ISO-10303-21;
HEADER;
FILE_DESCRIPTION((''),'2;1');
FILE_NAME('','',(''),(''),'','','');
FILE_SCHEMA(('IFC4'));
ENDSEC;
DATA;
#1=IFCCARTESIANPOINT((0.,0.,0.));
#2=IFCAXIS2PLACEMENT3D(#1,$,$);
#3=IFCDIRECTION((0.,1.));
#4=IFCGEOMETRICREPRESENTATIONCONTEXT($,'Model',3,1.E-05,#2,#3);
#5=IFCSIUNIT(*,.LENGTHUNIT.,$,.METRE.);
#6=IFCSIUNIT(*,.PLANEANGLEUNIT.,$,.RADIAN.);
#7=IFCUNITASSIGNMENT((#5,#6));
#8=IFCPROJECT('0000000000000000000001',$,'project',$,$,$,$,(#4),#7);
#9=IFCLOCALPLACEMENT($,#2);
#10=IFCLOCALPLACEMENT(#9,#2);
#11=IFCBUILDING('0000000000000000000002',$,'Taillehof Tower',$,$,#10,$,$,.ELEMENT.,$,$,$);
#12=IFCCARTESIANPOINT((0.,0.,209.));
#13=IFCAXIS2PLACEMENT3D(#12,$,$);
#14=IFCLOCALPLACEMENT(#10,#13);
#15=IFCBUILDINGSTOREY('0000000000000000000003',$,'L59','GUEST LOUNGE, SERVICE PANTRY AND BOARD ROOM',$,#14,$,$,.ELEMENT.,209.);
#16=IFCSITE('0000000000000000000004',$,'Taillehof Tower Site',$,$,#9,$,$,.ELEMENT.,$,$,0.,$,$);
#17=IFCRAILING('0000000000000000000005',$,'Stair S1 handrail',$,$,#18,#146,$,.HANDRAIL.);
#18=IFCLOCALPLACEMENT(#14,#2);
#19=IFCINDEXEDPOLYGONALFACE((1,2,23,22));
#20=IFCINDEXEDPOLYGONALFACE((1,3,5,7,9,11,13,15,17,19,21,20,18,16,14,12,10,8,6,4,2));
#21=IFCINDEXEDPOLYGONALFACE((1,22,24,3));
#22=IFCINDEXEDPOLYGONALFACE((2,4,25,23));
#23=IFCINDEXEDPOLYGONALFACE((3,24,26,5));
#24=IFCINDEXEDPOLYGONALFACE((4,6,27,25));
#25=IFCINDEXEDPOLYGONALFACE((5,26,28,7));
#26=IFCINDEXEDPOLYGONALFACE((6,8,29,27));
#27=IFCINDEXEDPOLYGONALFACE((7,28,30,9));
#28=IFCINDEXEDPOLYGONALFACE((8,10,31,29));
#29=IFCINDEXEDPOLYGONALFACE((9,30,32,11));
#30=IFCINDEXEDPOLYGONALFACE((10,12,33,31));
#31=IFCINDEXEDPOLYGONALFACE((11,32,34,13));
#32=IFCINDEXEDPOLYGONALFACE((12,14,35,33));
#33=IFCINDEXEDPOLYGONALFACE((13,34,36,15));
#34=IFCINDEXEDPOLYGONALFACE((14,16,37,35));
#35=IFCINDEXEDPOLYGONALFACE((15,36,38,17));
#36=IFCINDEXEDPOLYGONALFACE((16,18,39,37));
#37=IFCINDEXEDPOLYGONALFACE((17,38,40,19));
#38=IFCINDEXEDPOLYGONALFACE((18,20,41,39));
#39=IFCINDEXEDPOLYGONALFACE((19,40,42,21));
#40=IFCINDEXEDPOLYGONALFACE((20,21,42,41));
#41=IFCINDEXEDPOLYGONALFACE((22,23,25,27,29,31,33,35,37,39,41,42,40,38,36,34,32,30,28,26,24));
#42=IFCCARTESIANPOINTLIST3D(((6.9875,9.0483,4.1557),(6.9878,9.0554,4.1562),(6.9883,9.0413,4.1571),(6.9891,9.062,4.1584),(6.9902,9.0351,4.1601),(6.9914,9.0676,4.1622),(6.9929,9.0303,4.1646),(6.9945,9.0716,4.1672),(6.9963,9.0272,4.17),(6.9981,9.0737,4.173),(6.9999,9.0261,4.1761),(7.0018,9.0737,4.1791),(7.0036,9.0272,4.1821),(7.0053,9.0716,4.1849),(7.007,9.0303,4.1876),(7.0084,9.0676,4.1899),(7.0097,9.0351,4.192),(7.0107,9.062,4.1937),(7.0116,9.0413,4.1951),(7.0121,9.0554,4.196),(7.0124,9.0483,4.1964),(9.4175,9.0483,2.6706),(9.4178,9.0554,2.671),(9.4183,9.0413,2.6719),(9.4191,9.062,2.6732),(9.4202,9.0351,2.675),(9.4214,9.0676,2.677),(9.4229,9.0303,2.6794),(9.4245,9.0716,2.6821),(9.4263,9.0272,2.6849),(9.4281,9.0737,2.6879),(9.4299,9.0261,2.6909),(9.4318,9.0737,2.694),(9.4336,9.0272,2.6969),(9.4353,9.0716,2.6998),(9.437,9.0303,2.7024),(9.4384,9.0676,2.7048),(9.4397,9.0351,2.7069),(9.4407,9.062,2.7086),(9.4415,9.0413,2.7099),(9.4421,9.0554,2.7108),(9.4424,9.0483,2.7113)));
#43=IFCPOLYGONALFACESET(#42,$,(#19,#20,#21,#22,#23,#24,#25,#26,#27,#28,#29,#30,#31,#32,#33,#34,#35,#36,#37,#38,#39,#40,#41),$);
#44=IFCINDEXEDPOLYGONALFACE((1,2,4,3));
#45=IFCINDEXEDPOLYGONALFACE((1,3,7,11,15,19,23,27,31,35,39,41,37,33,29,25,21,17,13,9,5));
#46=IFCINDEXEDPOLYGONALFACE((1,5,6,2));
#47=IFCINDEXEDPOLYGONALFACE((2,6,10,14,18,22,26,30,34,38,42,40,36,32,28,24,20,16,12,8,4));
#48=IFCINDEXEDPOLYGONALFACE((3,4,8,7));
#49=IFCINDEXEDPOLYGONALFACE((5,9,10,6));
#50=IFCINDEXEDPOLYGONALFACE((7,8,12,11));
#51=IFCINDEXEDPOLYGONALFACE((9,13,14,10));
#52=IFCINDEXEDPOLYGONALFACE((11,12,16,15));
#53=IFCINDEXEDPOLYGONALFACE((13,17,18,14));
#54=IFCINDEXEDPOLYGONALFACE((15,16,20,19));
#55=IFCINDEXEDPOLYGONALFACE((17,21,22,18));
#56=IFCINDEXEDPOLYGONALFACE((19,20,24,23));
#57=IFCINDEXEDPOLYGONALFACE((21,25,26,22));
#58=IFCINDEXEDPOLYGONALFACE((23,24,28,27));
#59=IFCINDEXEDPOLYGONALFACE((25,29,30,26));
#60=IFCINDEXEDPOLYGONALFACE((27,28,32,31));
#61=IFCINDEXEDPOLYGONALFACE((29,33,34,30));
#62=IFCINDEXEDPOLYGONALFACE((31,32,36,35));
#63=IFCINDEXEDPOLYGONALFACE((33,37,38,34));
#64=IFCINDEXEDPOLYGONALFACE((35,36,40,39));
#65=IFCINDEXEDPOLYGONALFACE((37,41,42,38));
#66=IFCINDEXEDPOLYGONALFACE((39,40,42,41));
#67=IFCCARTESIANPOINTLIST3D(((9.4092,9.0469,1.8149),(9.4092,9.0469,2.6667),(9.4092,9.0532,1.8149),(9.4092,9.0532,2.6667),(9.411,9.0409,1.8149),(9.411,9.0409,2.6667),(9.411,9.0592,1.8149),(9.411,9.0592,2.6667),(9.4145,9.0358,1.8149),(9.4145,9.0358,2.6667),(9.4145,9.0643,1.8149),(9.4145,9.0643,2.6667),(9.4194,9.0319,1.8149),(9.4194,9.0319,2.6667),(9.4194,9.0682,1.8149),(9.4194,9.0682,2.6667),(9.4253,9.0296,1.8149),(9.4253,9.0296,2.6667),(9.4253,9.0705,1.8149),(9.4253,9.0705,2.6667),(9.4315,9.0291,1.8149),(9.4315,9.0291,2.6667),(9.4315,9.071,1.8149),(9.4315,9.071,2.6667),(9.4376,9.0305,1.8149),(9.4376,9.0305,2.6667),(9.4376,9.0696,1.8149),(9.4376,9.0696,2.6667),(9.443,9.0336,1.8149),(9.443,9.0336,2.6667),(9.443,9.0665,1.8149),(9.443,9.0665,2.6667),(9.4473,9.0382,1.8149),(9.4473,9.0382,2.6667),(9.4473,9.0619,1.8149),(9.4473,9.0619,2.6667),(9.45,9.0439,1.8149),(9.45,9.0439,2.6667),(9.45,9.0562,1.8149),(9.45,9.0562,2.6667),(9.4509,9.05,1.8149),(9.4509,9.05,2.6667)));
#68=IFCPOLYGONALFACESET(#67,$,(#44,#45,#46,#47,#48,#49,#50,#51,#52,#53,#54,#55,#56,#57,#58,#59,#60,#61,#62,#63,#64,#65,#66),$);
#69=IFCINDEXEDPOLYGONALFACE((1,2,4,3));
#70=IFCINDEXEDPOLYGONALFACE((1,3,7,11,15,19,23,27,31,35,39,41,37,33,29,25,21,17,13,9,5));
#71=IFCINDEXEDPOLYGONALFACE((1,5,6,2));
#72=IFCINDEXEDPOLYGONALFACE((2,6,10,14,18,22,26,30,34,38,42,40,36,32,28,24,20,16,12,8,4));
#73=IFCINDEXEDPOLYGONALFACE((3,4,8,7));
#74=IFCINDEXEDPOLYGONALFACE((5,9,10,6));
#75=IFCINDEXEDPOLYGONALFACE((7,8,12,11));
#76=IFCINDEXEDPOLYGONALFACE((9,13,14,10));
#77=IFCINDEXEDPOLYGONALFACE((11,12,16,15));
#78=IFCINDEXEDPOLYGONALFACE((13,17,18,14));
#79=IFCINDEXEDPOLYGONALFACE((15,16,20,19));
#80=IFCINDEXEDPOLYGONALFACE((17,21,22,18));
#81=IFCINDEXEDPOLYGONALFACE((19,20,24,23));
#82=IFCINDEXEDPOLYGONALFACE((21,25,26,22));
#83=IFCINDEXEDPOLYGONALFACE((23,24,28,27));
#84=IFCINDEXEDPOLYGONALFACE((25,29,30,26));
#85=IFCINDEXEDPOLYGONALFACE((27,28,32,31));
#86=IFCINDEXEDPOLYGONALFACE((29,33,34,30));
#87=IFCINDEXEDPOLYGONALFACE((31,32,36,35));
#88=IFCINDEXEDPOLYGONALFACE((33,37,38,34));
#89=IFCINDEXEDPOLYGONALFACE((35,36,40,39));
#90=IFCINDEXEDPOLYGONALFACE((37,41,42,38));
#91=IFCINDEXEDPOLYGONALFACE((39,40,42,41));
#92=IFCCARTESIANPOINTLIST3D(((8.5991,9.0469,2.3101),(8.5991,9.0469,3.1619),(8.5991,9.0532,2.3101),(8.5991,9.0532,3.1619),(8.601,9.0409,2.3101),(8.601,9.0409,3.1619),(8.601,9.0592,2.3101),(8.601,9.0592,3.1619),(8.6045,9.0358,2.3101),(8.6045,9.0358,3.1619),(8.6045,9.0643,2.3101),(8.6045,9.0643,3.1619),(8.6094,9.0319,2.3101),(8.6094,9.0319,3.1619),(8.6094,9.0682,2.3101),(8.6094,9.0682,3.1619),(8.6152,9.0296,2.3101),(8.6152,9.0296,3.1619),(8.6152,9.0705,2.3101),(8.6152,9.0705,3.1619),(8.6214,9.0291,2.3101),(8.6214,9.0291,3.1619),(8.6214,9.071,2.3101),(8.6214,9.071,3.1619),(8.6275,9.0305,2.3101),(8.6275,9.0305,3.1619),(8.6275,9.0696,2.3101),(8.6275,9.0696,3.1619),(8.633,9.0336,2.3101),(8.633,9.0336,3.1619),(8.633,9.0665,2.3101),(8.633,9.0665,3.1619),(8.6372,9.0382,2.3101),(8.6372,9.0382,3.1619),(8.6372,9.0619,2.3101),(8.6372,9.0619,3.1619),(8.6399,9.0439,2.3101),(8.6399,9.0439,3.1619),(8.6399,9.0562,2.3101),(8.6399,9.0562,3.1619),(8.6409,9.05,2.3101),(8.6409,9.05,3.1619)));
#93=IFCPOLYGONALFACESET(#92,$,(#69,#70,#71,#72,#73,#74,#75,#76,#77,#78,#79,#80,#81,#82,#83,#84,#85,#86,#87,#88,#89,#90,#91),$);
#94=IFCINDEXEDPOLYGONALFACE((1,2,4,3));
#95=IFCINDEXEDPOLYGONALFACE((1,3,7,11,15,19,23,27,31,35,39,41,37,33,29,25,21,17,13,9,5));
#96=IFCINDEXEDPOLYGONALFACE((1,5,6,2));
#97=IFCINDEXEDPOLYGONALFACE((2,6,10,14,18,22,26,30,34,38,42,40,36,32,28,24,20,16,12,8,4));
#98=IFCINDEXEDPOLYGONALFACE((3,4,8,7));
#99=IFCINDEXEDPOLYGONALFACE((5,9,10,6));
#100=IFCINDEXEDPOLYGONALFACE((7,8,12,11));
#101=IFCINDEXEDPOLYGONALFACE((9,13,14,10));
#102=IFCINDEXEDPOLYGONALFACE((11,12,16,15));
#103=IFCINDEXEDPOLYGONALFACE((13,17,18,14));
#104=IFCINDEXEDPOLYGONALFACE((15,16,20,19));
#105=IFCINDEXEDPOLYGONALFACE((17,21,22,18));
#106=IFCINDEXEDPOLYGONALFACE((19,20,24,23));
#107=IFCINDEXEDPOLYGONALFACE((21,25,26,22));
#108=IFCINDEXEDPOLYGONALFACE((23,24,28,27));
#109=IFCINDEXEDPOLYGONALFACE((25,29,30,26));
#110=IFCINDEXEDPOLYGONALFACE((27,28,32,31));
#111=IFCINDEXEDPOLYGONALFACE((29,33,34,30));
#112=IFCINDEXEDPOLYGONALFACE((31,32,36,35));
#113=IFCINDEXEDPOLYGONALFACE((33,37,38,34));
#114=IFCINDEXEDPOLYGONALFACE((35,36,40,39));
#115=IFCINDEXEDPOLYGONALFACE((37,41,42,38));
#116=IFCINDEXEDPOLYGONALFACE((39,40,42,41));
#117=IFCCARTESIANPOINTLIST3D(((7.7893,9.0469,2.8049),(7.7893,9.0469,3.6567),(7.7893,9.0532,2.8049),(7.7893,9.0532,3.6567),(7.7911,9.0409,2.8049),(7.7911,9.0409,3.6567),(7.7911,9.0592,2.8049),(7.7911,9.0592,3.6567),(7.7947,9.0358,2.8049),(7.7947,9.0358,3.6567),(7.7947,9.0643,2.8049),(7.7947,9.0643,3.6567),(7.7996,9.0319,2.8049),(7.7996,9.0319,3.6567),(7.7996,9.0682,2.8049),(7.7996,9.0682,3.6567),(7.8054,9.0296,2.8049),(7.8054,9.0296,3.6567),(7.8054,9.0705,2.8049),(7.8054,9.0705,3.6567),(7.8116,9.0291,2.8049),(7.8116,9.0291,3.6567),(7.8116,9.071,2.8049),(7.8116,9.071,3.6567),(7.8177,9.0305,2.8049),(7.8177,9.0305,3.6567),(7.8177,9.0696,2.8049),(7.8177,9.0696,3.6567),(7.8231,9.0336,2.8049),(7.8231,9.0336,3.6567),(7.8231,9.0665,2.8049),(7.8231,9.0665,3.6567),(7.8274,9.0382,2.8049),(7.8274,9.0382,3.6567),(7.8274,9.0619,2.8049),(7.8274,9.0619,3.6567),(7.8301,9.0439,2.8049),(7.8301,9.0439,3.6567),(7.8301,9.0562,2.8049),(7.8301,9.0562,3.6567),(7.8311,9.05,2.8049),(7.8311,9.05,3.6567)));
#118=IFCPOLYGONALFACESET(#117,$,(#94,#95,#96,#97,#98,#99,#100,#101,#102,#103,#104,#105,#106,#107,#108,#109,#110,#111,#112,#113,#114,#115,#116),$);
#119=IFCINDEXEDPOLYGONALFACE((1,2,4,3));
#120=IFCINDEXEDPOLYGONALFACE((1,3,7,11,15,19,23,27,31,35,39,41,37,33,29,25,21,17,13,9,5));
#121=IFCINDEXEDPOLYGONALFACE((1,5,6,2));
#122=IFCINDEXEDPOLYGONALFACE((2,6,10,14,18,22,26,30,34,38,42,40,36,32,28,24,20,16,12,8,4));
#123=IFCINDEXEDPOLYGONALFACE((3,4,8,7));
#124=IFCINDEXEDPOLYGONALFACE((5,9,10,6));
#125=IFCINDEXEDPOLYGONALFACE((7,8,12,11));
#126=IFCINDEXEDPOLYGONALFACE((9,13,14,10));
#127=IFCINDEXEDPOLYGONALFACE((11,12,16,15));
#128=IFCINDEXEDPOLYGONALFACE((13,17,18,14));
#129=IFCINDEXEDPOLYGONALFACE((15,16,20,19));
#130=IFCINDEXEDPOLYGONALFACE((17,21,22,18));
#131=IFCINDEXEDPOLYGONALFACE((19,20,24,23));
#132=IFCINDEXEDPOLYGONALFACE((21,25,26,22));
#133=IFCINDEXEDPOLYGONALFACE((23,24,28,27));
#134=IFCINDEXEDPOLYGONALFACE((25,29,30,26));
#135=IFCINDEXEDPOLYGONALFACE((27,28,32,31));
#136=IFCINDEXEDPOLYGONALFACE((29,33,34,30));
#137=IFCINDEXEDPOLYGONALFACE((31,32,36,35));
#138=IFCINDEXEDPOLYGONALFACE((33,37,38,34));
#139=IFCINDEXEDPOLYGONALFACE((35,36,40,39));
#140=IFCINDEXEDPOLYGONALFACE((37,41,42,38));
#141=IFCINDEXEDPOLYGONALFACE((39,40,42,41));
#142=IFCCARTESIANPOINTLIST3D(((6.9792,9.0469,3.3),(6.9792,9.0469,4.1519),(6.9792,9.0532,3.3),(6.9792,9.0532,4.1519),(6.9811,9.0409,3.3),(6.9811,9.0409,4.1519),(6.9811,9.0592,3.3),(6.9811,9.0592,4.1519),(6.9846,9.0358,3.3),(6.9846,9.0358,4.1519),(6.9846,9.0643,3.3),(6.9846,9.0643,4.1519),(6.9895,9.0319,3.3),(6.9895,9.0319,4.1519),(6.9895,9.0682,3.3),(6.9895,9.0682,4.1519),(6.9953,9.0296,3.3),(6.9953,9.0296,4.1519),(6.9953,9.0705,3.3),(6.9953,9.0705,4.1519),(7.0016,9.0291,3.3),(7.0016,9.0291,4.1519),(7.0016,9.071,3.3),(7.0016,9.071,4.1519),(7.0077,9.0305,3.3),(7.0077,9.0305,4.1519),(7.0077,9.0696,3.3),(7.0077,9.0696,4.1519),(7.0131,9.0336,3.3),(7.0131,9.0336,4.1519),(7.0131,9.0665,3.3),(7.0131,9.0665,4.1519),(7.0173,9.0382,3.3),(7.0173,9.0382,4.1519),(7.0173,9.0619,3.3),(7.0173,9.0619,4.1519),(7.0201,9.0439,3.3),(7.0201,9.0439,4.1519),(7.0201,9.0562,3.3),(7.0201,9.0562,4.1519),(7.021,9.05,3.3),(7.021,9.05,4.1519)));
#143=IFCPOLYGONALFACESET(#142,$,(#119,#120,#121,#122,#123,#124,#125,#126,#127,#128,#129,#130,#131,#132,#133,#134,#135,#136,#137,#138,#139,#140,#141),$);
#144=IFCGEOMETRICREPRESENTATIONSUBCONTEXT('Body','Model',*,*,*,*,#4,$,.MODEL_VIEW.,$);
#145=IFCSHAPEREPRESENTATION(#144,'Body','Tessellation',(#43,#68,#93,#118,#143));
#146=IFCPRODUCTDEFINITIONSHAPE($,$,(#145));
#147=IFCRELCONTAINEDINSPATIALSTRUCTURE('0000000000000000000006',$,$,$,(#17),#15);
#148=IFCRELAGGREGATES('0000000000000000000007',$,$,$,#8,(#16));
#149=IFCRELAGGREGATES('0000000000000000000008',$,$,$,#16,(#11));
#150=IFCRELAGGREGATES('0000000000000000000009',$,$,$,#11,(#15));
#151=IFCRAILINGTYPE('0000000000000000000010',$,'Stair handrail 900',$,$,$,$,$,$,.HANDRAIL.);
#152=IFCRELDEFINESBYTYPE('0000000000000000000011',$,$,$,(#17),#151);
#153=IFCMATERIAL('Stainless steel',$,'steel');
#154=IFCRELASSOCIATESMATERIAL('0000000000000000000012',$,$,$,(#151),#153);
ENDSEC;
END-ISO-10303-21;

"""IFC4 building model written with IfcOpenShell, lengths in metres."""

from ifc_helpers import new_model, si_unit, direction, frame, origin, origin_2d, place, context, subcontext, project, spatial, circle, extrude, material, type_object, element, save


model = new_model("IFC4")

# Units and contexts
model_context = context("Model", 3, precision=1e-05, world=origin(), true_north=direction((0.0, 1.0)))
body_context = subcontext(model_context, "Body", "Model", "MODEL_VIEW")
ifc_project = project(units=[si_unit("LENGTHUNIT", "METRE"), si_unit("PLANEANGLEUNIT", "RADIAN")], contexts=[model_context])

# Site, building, storey
site_placement = place(None, origin())
site = spatial("IfcSite", under=ifc_project, at=site_placement, Name="Taillehof Tower Site", CompositionType="ELEMENT", RefElevation=0.0)
building_placement = place(site_placement, origin())
building = spatial("IfcBuilding", under=site, at=building_placement, Name="Taillehof Tower", CompositionType="ELEMENT")
storey_placement = place(building_placement, frame((0.0, 0.0, 209.0)))
storey = spatial("IfcBuildingStorey", under=building, at=storey_placement, Name="L59", Description="GUEST LOUNGE, SERVICE PANTRY AND BOARD ROOM", CompositionType="ELEMENT", Elevation=209.0)

# Railing
ifc_material_1 = material(Name="Stainless steel", Category="steel")
railing_type = type_object("IfcRailingType", Name="Stair handrail 900", PredefinedType="HANDRAIL", material=ifc_material_1)
railing_placement = place(storey_placement, frame((9.4299, 9.05, 1.8149)))
element("IfcRailing", 1, at=railing_placement, inside=storey, type_object=railing_type, Name="Stair S1 handrail", PredefinedType="HANDRAIL", context=body_context, shape_type="SweptSolid", body=[
    extrude(circle(Radius=0.0239, at=origin_2d()), frame((0.0, 0.0, 0.876), z_axis=(-0.853259, 0.0, 0.521488), x_axis=(0.0, -1.0, 0.0)), (0.0, 0.0, 1.0), 2.8479),
    extrude(circle(Radius=0.021, at=origin_2d()), origin(), (0.0, 0.0, 1.0), 0.8518),
    extrude(circle(Radius=0.021, at=origin_2d()), frame((-0.8101, 0.0, 0.4951)), (0.0, 0.0, 1.0), 0.8518),
    extrude(circle(Radius=0.021, at=origin_2d()), frame((-1.6199, 0.0, 0.99)), (0.0, 0.0, 1.0), 0.8518),
    extrude(circle(Radius=0.021, at=origin_2d()), frame((-2.4299, 0.0, 1.4851)), (0.0, 0.0, 1.0), 0.8518),
])

save(model, "model.ifc")
